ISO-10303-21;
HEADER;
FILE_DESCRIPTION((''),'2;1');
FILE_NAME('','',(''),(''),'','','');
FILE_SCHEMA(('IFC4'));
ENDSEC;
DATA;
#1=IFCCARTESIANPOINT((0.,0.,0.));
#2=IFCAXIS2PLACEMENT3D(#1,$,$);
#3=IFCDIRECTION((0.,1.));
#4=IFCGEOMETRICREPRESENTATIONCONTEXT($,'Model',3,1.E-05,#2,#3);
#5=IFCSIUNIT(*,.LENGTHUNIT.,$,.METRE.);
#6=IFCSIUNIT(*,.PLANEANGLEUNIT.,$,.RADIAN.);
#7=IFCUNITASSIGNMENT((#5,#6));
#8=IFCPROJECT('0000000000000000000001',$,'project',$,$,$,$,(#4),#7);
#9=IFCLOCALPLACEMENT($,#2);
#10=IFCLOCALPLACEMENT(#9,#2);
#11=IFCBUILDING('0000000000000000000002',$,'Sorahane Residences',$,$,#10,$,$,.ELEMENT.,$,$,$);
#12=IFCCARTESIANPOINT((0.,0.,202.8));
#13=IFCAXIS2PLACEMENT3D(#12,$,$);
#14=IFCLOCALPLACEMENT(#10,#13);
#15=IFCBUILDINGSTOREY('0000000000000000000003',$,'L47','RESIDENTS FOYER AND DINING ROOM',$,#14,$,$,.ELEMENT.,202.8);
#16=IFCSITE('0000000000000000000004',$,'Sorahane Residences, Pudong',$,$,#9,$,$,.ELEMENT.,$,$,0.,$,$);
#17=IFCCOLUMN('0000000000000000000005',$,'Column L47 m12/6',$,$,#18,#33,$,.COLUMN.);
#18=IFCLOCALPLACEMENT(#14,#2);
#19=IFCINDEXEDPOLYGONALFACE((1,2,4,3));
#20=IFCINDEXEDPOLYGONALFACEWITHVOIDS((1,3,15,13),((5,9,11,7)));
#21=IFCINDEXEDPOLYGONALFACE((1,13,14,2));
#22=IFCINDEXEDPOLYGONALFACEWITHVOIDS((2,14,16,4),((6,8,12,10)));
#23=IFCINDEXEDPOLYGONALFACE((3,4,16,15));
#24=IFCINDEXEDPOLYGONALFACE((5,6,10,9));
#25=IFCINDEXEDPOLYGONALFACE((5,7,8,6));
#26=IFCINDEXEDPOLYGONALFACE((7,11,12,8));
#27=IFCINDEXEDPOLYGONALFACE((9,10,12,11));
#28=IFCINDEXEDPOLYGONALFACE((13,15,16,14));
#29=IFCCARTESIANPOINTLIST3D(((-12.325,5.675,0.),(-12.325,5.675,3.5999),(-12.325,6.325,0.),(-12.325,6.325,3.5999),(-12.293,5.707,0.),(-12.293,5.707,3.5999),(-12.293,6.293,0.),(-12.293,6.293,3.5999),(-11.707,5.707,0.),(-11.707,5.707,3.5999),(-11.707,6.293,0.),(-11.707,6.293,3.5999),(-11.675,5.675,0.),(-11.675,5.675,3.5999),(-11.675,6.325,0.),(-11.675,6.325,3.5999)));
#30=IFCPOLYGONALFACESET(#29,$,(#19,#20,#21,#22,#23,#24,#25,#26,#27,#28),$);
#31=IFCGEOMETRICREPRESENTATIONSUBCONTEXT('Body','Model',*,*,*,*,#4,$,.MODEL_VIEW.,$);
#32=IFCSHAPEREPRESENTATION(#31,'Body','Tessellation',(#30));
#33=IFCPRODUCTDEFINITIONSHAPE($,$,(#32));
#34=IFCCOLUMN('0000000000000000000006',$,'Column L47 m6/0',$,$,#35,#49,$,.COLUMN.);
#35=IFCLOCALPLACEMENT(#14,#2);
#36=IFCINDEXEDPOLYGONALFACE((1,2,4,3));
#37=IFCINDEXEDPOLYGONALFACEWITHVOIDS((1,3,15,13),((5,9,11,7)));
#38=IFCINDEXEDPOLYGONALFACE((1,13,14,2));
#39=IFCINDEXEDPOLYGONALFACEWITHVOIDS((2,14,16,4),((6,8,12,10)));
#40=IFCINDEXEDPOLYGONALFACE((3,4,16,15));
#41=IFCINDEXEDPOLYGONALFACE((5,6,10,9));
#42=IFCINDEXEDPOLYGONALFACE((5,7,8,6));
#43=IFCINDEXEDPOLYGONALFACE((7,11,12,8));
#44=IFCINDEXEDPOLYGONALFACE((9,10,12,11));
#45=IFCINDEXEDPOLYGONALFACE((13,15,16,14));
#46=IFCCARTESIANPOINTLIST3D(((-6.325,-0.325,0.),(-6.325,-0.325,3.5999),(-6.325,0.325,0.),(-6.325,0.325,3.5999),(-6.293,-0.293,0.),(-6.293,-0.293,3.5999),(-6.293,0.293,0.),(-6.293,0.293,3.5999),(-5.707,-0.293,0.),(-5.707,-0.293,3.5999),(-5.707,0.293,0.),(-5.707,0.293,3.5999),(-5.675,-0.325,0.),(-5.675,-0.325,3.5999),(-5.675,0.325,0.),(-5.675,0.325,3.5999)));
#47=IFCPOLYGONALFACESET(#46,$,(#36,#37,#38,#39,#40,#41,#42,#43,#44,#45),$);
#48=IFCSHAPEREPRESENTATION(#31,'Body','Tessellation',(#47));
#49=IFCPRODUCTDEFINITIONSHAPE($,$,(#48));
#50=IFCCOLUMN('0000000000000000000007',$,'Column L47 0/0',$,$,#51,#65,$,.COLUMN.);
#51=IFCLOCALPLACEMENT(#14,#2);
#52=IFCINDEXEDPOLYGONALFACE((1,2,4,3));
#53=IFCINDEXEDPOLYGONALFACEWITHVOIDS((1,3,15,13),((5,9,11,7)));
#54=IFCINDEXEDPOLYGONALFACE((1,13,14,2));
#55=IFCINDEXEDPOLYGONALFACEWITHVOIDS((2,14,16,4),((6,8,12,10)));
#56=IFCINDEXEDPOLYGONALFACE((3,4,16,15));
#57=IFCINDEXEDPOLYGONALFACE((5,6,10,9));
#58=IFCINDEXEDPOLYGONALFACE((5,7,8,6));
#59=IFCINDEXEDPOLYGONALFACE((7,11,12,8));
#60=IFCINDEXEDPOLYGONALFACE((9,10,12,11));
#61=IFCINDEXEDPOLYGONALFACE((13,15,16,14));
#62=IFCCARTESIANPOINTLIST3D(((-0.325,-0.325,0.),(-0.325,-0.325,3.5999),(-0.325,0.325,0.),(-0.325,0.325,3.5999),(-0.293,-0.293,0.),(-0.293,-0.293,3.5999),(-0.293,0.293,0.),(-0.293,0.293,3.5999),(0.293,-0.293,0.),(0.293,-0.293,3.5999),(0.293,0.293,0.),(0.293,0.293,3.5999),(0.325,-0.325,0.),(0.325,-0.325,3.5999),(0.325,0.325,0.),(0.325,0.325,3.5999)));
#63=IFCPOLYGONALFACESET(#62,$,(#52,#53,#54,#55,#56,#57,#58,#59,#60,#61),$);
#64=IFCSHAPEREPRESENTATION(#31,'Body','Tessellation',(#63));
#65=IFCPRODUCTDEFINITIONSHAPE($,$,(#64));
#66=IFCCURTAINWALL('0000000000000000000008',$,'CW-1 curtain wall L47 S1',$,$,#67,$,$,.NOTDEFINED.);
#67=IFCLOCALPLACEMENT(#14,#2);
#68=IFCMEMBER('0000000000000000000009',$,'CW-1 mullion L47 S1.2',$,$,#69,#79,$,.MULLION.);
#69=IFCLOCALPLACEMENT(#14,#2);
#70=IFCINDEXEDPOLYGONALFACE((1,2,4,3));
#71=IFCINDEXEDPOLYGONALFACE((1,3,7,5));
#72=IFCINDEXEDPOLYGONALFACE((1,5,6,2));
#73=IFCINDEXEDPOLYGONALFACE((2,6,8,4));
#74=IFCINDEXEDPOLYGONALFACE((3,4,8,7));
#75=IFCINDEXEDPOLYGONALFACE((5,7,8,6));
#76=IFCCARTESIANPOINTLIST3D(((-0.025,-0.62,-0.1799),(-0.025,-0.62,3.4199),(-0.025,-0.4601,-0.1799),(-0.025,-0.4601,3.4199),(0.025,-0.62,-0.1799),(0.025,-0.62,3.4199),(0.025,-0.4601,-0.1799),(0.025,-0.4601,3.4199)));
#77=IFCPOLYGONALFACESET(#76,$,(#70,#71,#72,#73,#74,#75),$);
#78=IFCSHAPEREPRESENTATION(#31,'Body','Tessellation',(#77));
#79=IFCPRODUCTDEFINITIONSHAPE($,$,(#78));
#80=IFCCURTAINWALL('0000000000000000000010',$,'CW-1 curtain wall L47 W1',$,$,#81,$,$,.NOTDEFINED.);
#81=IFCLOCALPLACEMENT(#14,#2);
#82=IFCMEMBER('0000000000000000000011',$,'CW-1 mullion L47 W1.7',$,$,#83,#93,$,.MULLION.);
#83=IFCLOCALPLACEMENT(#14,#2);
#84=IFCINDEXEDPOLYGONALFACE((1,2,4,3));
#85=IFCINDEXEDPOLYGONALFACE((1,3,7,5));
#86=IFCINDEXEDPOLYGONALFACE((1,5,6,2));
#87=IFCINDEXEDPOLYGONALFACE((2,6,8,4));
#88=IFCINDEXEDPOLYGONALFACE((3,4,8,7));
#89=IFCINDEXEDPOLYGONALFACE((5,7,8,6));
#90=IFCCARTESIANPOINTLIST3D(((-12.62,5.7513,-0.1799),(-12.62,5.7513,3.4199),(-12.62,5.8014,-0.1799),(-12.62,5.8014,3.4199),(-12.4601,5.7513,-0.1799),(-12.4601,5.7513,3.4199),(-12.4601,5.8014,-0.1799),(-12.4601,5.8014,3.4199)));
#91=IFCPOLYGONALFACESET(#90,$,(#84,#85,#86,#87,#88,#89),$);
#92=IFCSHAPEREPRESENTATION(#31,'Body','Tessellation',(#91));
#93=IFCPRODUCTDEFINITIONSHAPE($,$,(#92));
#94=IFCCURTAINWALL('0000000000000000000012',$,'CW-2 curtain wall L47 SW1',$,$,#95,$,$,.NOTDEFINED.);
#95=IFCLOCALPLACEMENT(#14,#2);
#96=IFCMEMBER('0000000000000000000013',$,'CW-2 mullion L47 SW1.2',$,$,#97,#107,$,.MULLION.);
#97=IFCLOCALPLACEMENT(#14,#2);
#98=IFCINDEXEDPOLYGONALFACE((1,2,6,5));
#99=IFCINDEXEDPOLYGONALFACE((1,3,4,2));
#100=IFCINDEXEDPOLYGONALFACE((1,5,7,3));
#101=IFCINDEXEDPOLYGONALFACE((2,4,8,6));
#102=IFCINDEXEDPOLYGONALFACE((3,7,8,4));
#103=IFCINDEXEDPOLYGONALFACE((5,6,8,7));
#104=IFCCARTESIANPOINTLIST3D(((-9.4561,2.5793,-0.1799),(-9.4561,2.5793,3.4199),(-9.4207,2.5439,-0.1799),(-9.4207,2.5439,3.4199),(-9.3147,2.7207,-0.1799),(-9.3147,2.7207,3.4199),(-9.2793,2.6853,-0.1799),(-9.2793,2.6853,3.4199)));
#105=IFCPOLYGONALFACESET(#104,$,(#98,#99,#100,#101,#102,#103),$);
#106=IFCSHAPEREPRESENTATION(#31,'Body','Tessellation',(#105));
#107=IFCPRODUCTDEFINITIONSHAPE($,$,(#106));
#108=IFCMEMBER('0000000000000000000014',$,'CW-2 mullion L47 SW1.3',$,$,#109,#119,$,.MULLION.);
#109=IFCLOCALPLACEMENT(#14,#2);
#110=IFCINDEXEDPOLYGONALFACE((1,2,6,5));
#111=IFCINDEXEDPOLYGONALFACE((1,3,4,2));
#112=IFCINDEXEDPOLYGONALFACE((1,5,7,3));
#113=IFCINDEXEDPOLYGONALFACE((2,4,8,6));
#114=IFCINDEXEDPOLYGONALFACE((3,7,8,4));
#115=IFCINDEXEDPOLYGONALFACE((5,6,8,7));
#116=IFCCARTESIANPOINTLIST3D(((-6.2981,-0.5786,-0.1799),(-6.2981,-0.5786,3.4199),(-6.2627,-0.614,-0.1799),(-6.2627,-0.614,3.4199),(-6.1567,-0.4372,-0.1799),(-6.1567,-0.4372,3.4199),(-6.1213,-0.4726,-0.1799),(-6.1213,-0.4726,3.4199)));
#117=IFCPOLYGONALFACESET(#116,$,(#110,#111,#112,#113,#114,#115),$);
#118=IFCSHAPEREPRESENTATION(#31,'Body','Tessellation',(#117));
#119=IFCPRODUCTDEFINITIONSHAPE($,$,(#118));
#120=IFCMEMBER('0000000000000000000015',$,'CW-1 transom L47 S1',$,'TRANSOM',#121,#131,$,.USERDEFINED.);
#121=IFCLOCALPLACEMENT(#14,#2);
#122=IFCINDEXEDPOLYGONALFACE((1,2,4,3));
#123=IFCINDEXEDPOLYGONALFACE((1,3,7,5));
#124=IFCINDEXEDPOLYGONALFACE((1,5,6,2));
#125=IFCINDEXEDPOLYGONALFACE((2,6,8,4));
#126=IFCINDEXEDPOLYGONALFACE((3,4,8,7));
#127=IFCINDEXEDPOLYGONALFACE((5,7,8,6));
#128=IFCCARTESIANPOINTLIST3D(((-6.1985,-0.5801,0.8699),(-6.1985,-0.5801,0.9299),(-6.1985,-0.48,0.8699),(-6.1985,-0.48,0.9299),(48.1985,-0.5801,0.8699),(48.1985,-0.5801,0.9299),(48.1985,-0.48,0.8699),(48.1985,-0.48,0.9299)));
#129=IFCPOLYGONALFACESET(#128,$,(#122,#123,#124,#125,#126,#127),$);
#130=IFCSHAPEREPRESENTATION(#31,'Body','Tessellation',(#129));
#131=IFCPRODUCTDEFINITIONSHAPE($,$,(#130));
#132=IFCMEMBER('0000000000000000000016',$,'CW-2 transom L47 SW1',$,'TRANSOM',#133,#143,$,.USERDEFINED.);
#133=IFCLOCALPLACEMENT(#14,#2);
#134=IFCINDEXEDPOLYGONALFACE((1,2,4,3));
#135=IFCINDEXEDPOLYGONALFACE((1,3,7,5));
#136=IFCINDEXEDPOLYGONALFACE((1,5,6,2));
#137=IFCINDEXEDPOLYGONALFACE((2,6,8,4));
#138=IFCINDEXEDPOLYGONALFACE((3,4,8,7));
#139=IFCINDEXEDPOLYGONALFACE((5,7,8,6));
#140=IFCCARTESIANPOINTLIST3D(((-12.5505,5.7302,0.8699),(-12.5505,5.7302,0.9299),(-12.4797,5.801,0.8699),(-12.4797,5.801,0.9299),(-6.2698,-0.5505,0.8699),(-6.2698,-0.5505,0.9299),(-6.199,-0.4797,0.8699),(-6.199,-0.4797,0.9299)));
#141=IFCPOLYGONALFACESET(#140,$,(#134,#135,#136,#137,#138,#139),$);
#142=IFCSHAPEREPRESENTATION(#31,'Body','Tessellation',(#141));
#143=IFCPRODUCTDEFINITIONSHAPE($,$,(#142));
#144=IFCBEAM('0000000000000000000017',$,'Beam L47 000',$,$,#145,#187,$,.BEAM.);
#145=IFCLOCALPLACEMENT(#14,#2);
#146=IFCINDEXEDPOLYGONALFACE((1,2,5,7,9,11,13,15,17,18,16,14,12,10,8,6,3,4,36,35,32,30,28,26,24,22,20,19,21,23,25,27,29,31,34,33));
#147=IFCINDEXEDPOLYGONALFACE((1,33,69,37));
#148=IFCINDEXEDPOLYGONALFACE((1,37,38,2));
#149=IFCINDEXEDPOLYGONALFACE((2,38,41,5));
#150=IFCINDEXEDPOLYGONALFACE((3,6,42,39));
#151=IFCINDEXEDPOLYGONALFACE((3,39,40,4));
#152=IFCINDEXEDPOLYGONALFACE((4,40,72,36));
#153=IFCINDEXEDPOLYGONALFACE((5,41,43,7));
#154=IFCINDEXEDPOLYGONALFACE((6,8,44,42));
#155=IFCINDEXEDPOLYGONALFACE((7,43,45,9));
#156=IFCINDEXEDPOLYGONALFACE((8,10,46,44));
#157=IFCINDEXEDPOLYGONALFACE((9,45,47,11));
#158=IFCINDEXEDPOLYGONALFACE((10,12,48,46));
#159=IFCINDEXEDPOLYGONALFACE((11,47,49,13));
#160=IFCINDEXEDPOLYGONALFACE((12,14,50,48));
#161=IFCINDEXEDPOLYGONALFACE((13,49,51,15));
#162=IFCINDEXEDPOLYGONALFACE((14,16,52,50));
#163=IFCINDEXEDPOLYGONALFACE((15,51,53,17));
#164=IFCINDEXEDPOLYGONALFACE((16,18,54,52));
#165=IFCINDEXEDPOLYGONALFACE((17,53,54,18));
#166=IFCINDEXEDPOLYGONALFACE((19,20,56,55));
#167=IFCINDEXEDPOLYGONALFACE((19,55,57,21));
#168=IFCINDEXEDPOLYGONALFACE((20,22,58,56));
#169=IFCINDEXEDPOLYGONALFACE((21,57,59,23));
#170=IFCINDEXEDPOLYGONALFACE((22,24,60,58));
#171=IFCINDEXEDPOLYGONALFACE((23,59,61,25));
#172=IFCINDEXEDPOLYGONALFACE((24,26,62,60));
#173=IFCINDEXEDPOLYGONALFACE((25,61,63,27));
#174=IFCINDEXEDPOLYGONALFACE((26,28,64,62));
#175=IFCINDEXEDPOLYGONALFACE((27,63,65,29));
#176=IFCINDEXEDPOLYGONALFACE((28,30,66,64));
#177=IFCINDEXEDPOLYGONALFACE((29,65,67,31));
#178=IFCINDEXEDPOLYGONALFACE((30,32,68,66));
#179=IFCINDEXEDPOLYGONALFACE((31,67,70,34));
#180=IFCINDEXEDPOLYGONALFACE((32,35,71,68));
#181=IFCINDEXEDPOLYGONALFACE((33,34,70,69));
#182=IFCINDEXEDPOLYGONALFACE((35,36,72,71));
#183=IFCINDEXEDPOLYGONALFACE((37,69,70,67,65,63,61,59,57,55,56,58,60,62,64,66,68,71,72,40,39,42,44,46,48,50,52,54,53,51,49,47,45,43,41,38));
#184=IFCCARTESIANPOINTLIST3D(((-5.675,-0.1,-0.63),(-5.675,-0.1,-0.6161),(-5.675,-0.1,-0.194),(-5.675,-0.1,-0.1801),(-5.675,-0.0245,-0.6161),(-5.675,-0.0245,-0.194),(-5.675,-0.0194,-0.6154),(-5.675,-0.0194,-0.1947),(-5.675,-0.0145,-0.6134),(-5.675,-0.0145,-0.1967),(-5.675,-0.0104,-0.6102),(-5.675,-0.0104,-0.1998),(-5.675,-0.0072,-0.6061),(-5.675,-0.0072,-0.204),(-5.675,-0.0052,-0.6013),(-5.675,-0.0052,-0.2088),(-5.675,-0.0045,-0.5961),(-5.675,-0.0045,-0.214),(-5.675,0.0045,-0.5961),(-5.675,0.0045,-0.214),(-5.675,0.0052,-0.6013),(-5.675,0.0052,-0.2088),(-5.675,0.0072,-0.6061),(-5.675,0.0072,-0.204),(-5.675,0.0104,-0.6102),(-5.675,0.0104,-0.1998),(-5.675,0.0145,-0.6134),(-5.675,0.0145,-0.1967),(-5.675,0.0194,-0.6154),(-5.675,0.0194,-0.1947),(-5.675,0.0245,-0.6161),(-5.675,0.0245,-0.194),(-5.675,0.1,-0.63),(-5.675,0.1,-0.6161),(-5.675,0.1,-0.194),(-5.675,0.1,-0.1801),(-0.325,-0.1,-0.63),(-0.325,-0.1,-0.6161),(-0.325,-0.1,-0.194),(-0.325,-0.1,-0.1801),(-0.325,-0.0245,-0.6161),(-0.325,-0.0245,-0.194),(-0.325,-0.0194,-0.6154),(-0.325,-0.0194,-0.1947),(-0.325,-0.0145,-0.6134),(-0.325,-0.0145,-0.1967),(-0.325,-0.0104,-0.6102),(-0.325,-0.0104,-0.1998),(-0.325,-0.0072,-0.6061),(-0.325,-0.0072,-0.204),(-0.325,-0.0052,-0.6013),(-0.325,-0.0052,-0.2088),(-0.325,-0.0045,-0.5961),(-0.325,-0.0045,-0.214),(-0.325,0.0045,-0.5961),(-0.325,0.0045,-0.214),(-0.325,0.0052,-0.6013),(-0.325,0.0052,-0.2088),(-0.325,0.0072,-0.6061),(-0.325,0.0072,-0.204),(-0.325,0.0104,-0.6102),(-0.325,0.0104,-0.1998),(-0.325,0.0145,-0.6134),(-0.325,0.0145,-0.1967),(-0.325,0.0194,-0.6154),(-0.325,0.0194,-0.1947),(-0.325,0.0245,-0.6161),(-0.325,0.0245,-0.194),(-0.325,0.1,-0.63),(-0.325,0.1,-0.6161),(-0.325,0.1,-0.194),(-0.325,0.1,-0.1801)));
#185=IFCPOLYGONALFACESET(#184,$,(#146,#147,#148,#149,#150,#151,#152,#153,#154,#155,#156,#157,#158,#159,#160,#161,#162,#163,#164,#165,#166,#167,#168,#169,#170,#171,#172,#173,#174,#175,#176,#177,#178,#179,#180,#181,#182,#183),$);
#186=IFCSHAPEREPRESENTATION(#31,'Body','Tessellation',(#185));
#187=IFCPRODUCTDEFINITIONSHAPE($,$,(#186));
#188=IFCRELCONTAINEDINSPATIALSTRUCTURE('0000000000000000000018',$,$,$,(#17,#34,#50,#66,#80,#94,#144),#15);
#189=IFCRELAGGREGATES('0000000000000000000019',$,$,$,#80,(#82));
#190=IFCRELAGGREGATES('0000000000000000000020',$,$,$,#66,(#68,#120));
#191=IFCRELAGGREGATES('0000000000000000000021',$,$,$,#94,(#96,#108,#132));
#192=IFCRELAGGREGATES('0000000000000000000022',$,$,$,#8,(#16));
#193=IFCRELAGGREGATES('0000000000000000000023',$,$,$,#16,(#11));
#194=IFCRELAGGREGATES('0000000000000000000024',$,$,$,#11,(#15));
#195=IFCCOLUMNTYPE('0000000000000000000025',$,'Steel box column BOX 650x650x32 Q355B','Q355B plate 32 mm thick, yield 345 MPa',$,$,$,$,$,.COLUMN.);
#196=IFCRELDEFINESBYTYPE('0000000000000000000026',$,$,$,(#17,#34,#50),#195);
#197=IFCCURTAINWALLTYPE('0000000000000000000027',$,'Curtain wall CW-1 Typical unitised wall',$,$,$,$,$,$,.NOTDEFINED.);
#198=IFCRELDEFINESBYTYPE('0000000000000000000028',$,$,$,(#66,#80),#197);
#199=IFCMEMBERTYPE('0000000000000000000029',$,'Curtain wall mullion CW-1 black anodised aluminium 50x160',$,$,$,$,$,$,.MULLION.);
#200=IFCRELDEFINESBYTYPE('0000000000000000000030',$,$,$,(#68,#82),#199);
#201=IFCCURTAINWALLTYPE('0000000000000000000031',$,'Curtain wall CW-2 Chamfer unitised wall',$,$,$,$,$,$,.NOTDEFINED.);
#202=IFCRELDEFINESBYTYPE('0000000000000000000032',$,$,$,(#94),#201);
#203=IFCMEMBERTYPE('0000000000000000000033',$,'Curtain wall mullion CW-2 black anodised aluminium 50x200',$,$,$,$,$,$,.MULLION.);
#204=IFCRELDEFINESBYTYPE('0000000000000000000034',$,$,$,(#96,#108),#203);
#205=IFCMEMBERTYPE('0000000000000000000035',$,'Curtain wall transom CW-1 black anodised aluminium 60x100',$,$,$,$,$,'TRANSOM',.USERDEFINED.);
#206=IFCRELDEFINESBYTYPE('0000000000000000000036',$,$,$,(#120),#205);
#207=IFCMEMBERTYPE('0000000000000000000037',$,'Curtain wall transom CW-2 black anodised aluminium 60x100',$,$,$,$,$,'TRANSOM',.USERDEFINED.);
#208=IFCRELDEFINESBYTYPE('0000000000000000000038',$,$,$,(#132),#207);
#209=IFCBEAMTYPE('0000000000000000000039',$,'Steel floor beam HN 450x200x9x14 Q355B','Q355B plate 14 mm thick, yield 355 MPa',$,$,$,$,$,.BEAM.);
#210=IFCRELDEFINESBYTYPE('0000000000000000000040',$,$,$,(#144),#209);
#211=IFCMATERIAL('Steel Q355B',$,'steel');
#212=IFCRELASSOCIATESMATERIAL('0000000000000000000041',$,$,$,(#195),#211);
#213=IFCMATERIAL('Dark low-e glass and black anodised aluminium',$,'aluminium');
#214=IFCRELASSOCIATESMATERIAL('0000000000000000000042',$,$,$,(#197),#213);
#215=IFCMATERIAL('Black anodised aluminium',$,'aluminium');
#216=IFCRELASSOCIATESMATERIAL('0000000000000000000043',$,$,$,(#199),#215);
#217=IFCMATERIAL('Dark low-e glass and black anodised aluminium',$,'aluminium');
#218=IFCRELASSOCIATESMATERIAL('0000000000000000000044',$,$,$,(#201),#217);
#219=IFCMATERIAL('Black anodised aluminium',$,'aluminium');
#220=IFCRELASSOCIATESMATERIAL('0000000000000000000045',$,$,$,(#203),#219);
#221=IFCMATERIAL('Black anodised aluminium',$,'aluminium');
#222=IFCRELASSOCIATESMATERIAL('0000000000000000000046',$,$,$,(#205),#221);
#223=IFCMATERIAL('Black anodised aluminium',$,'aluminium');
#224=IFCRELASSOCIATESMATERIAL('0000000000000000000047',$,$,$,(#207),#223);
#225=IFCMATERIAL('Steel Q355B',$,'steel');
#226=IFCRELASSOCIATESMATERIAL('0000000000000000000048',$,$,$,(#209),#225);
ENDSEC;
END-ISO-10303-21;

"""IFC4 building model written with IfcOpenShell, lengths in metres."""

from ifc_helpers import new_model, si_unit, direction, frame, origin, origin_2d, place, context, subcontext, project, spatial, rectangle, hollow_rectangle, i_section, extrude, material, material_profile, profile_set, type_object, element, aggregate, save


model = new_model("IFC4")

# Units and contexts
model_context = context("Model", 3, precision=1e-05, world=origin(), true_north=direction((0.0, 1.0)))
body_context = subcontext(model_context, "Body", "Model", "MODEL_VIEW")
ifc_project = project(units=[si_unit("LENGTHUNIT", "METRE"), si_unit("PLANEANGLEUNIT", "RADIAN")], contexts=[model_context])

# Site, building, storey
site_placement = place(None, origin())
site = spatial("IfcSite", under=ifc_project, at=site_placement, Name="Sorahane Residences, Pudong", CompositionType="ELEMENT", RefElevation=0.0)
building_placement = place(site_placement, origin())
building = spatial("IfcBuilding", under=site, at=building_placement, Name="Sorahane Residences", CompositionType="ELEMENT")
storey_placement = place(building_placement, frame((0.0, 0.0, 202.8)))
storey = spatial("IfcBuildingStorey", under=building, at=storey_placement, Name="L47", Description="RESIDENTS FOYER AND DINING ROOM", CompositionType="ELEMENT", Elevation=202.8)

# Columns
ifc_material_1 = material(Name="Steel Q355B", Category="steel")
ifc_material_profile_1 = material_profile(ifc_material_1, hollow_rectangle(XDim=0.6499, YDim=0.6499, WallThickness=0.032, at=origin_2d()), Name="BOX 650x650x32")
ifc_profile_set_1 = profile_set([ifc_material_profile_1], Name="Steel Q355B")
column_type = type_object("IfcColumnType", Name="Steel box column BOX 650x650x32 Q355B", Description="Q355B plate 32 mm thick, yield 345 MPa", PredefinedType="COLUMN", material=ifc_profile_set_1)
for number, where, z_axis, x_axis, name in (
    (1, (-12.0, 6.0, 0.0), (0.0, 0.0, 1.0), (1.0, 0.0, 0.0), "Column L47 m12/6"),
    (2, (-6.0, 0.0, 0.0), (0.0, 0.0, 1.0), (1.0, 0.0, 0.0), "Column L47 m6/0"),
    (3, (0.0, 0.0, 0.0), (0.0, 0.0, 1.0), (1.0, 0.0, 0.0), "Column L47 0/0"),
):
    element("IfcColumn", number, at=place(storey_placement, frame(where, z_axis=z_axis, x_axis=x_axis)), inside=storey, type_object=column_type, Name=name, PredefinedType="COLUMN", context=body_context, shape_type="SweptSolid", body=[
        extrude(hollow_rectangle(XDim=0.6499, YDim=0.6499, WallThickness=0.032, at=origin_2d()), origin(), (0.0, 0.0, 1.0), 3.5999),
    ])

# Curtain walls, members
ifc_material_2 = material(Name="Dark low-e glass and black anodised aluminium", Category="aluminium")
curtain_wall_type_1 = type_object("IfcCurtainWallType", Name="Curtain wall CW-1 Typical unitised wall", PredefinedType="NOTDEFINED", material=ifc_material_2)
curtain_wall_1_placement = place(storey_placement, origin())
curtain_wall_1 = element("IfcCurtainWall", 4, at=curtain_wall_1_placement, inside=storey, type_object=curtain_wall_type_1, Name="CW-1 curtain wall L47 S1", PredefinedType="NOTDEFINED")
ifc_material_3 = material(Name="Black anodised aluminium", Category="aluminium")
ifc_material_profile_2 = material_profile(ifc_material_3, rectangle(XDim=0.1599, YDim=0.05, at=origin_2d()), Name="Curtain wall mullion CW-1 black anodised aluminium 50x160")
ifc_profile_set_2 = profile_set([ifc_material_profile_2], Name="Black anodised aluminium")
member_type_1 = type_object("IfcMemberType", Name="Curtain wall mullion CW-1 black anodised aluminium 50x160", PredefinedType="MULLION", material=ifc_profile_set_2)
member_1_placement = place(storey_placement, frame((0.0, -0.54, -0.1799), z_axis=(0.0, 0.0, 1.0), x_axis=(0.0, -1.0, 0.0)))
member_1 = element("IfcMember", 5, at=member_1_placement, type_object=member_type_1, Name="CW-1 mullion L47 S1.2", PredefinedType="MULLION", context=body_context, shape_type="SweptSolid", body=[
    extrude(rectangle(XDim=0.1599, YDim=0.05, at=origin_2d()), origin(), (0.0, 0.0, 1.0), 3.5999),
])
curtain_wall_2_placement = place(storey_placement, origin())
curtain_wall_2 = element("IfcCurtainWall", 6, at=curtain_wall_2_placement, inside=storey, type_object=curtain_wall_type_1, Name="CW-1 curtain wall L47 W1", PredefinedType="NOTDEFINED")
member_2_placement = place(storey_placement, frame((-12.54, 5.7764, -0.1799), z_axis=(0.0, 0.0, 1.0), x_axis=(-1.0, 0.0, 0.0)))
member_2 = element("IfcMember", 7, at=member_2_placement, type_object=member_type_1, Name="CW-1 mullion L47 W1.7", PredefinedType="MULLION", context=body_context, shape_type="SweptSolid", body=[
    extrude(rectangle(XDim=0.1599, YDim=0.05, at=origin_2d()), origin(), (0.0, 0.0, 1.0), 3.5999),
])
aggregate(curtain_wall_2, [member_2])

# Curtain wall, members
ifc_material_4 = material(Name="Dark low-e glass and black anodised aluminium", Category="aluminium")
curtain_wall_type_2 = type_object("IfcCurtainWallType", Name="Curtain wall CW-2 Chamfer unitised wall", PredefinedType="NOTDEFINED", material=ifc_material_4)
curtain_wall_3_placement = place(storey_placement, origin())
curtain_wall_3 = element("IfcCurtainWall", 8, at=curtain_wall_3_placement, inside=storey, type_object=curtain_wall_type_2, Name="CW-2 curtain wall L47 SW1", PredefinedType="NOTDEFINED")
ifc_material_5 = material(Name="Black anodised aluminium", Category="aluminium")
ifc_material_profile_3 = material_profile(ifc_material_5, rectangle(XDim=0.2, YDim=0.05, at=origin_2d()), Name="Curtain wall mullion CW-2 black anodised aluminium 50x200")
ifc_profile_set_3 = profile_set([ifc_material_profile_3], Name="Black anodised aluminium")
member_type_2 = type_object("IfcMemberType", Name="Curtain wall mullion CW-2 black anodised aluminium 50x200", PredefinedType="MULLION", material=ifc_profile_set_3)
member_3_placement = place(storey_placement, frame((-9.3677, 2.6323, -0.1799), z_axis=(0.0, 0.0, 1.0), x_axis=(-0.707107, -0.707107, 0.0)))
member_3 = element("IfcMember", 9, at=member_3_placement, type_object=member_type_2, Name="CW-2 mullion L47 SW1.2", PredefinedType="MULLION", context=body_context, shape_type="SweptSolid", body=[
    extrude(rectangle(XDim=0.2, YDim=0.05, at=origin_2d()), origin(), (0.0, 0.0, 1.0), 3.5999),
])
member_4_placement = place(storey_placement, frame((-6.2097, -0.5256, -0.1799), z_axis=(0.0, 0.0, 1.0), x_axis=(-0.707107, -0.707107, 0.0)))
member_4 = element("IfcMember", 10, at=member_4_placement, type_object=member_type_2, Name="CW-2 mullion L47 SW1.3", PredefinedType="MULLION", context=body_context, shape_type="SweptSolid", body=[
    extrude(rectangle(XDim=0.2, YDim=0.05, at=origin_2d()), origin(), (0.0, 0.0, 1.0), 3.5999),
])

# Members
ifc_material_6 = material(Name="Black anodised aluminium", Category="aluminium")
ifc_material_profile_4 = material_profile(ifc_material_6, rectangle(XDim=0.1001, YDim=0.0601, at=origin_2d()), Name="Curtain wall transom CW-1 black anodised aluminium 60x100")
ifc_profile_set_4 = profile_set([ifc_material_profile_4], Name="Black anodised aluminium")
member_type_3 = type_object("IfcMemberType", Name="Curtain wall transom CW-1 black anodised aluminium 60x100", ElementType="TRANSOM", PredefinedType="USERDEFINED", material=ifc_profile_set_4)
member_5_placement = place(storey_placement, frame((-6.1985, -0.53, 0.8999), z_axis=(1.0, 0.0, 0.0), x_axis=(0.0, 1.0, 0.0)))
member_5 = element("IfcMember", 11, at=member_5_placement, type_object=member_type_3, Name="CW-1 transom L47 S1", ObjectType="TRANSOM", PredefinedType="USERDEFINED", context=body_context, shape_type="SweptSolid", body=[
    extrude(rectangle(XDim=0.1001, YDim=0.0601, at=origin_2d()), origin(), (0.0, 0.0, 1.0), 54.397),
])
ifc_material_7 = material(Name="Black anodised aluminium", Category="aluminium")
ifc_material_profile_5 = material_profile(ifc_material_7, rectangle(XDim=0.1001, YDim=0.0601, at=origin_2d()), Name="Curtain wall transom CW-2 black anodised aluminium 60x100")
ifc_profile_set_5 = profile_set([ifc_material_profile_5], Name="Black anodised aluminium")
member_type_4 = type_object("IfcMemberType", Name="Curtain wall transom CW-2 black anodised aluminium 60x100", ElementType="TRANSOM", PredefinedType="USERDEFINED", material=ifc_profile_set_5)
member_6_placement = place(storey_placement, frame((-12.5151, 5.7656, 0.8999), z_axis=(0.707107, -0.707107, 0.0), x_axis=(0.707107, 0.707107, 0.0)))
member_6 = element("IfcMember", 12, at=member_6_placement, type_object=member_type_4, Name="CW-2 transom L47 SW1", ObjectType="TRANSOM", PredefinedType="USERDEFINED", context=body_context, shape_type="SweptSolid", body=[
    extrude(rectangle(XDim=0.1001, YDim=0.0601, at=origin_2d()), origin(), (0.0, 0.0, 1.0), 8.8823),
])

# Beam
ifc_material_8 = material(Name="Steel Q355B", Category="steel")
ifc_material_profile_6 = material_profile(ifc_material_8, i_section(OverallWidth=0.2, OverallDepth=0.45, WebThickness=0.009, FlangeThickness=0.0139, FilletRadius=0.02, at=origin_2d()), Name="HN 450x200x9x14")
ifc_profile_set_6 = profile_set([ifc_material_profile_6], Name="Steel Q355B")
beam_type_1 = type_object("IfcBeamType", Name="Steel floor beam HN 450x200x9x14 Q355B", Description="Q355B plate 14 mm thick, yield 355 MPa", PredefinedType="BEAM", material=ifc_profile_set_6)
beam_1_placement = place(storey_placement, frame((-5.675, 0.0, -0.405), z_axis=(1.0, 0.0, 0.0), x_axis=(0.0, 1.0, 0.0)))
element("IfcBeam", 13, at=beam_1_placement, inside=storey, type_object=beam_type_1, Name="Beam L47 000", PredefinedType="BEAM", context=body_context, shape_type="SweptSolid", body=[
    extrude(i_section(OverallWidth=0.2, OverallDepth=0.45, WebThickness=0.009, FlangeThickness=0.0139, FilletRadius=0.02, at=origin_2d()), origin(), (0.0, 0.0, 1.0), 5.3501),
])

aggregate(curtain_wall_1, [member_1, member_5])
aggregate(curtain_wall_3, [member_3, member_4, member_6])

save(model, "model.ifc")
